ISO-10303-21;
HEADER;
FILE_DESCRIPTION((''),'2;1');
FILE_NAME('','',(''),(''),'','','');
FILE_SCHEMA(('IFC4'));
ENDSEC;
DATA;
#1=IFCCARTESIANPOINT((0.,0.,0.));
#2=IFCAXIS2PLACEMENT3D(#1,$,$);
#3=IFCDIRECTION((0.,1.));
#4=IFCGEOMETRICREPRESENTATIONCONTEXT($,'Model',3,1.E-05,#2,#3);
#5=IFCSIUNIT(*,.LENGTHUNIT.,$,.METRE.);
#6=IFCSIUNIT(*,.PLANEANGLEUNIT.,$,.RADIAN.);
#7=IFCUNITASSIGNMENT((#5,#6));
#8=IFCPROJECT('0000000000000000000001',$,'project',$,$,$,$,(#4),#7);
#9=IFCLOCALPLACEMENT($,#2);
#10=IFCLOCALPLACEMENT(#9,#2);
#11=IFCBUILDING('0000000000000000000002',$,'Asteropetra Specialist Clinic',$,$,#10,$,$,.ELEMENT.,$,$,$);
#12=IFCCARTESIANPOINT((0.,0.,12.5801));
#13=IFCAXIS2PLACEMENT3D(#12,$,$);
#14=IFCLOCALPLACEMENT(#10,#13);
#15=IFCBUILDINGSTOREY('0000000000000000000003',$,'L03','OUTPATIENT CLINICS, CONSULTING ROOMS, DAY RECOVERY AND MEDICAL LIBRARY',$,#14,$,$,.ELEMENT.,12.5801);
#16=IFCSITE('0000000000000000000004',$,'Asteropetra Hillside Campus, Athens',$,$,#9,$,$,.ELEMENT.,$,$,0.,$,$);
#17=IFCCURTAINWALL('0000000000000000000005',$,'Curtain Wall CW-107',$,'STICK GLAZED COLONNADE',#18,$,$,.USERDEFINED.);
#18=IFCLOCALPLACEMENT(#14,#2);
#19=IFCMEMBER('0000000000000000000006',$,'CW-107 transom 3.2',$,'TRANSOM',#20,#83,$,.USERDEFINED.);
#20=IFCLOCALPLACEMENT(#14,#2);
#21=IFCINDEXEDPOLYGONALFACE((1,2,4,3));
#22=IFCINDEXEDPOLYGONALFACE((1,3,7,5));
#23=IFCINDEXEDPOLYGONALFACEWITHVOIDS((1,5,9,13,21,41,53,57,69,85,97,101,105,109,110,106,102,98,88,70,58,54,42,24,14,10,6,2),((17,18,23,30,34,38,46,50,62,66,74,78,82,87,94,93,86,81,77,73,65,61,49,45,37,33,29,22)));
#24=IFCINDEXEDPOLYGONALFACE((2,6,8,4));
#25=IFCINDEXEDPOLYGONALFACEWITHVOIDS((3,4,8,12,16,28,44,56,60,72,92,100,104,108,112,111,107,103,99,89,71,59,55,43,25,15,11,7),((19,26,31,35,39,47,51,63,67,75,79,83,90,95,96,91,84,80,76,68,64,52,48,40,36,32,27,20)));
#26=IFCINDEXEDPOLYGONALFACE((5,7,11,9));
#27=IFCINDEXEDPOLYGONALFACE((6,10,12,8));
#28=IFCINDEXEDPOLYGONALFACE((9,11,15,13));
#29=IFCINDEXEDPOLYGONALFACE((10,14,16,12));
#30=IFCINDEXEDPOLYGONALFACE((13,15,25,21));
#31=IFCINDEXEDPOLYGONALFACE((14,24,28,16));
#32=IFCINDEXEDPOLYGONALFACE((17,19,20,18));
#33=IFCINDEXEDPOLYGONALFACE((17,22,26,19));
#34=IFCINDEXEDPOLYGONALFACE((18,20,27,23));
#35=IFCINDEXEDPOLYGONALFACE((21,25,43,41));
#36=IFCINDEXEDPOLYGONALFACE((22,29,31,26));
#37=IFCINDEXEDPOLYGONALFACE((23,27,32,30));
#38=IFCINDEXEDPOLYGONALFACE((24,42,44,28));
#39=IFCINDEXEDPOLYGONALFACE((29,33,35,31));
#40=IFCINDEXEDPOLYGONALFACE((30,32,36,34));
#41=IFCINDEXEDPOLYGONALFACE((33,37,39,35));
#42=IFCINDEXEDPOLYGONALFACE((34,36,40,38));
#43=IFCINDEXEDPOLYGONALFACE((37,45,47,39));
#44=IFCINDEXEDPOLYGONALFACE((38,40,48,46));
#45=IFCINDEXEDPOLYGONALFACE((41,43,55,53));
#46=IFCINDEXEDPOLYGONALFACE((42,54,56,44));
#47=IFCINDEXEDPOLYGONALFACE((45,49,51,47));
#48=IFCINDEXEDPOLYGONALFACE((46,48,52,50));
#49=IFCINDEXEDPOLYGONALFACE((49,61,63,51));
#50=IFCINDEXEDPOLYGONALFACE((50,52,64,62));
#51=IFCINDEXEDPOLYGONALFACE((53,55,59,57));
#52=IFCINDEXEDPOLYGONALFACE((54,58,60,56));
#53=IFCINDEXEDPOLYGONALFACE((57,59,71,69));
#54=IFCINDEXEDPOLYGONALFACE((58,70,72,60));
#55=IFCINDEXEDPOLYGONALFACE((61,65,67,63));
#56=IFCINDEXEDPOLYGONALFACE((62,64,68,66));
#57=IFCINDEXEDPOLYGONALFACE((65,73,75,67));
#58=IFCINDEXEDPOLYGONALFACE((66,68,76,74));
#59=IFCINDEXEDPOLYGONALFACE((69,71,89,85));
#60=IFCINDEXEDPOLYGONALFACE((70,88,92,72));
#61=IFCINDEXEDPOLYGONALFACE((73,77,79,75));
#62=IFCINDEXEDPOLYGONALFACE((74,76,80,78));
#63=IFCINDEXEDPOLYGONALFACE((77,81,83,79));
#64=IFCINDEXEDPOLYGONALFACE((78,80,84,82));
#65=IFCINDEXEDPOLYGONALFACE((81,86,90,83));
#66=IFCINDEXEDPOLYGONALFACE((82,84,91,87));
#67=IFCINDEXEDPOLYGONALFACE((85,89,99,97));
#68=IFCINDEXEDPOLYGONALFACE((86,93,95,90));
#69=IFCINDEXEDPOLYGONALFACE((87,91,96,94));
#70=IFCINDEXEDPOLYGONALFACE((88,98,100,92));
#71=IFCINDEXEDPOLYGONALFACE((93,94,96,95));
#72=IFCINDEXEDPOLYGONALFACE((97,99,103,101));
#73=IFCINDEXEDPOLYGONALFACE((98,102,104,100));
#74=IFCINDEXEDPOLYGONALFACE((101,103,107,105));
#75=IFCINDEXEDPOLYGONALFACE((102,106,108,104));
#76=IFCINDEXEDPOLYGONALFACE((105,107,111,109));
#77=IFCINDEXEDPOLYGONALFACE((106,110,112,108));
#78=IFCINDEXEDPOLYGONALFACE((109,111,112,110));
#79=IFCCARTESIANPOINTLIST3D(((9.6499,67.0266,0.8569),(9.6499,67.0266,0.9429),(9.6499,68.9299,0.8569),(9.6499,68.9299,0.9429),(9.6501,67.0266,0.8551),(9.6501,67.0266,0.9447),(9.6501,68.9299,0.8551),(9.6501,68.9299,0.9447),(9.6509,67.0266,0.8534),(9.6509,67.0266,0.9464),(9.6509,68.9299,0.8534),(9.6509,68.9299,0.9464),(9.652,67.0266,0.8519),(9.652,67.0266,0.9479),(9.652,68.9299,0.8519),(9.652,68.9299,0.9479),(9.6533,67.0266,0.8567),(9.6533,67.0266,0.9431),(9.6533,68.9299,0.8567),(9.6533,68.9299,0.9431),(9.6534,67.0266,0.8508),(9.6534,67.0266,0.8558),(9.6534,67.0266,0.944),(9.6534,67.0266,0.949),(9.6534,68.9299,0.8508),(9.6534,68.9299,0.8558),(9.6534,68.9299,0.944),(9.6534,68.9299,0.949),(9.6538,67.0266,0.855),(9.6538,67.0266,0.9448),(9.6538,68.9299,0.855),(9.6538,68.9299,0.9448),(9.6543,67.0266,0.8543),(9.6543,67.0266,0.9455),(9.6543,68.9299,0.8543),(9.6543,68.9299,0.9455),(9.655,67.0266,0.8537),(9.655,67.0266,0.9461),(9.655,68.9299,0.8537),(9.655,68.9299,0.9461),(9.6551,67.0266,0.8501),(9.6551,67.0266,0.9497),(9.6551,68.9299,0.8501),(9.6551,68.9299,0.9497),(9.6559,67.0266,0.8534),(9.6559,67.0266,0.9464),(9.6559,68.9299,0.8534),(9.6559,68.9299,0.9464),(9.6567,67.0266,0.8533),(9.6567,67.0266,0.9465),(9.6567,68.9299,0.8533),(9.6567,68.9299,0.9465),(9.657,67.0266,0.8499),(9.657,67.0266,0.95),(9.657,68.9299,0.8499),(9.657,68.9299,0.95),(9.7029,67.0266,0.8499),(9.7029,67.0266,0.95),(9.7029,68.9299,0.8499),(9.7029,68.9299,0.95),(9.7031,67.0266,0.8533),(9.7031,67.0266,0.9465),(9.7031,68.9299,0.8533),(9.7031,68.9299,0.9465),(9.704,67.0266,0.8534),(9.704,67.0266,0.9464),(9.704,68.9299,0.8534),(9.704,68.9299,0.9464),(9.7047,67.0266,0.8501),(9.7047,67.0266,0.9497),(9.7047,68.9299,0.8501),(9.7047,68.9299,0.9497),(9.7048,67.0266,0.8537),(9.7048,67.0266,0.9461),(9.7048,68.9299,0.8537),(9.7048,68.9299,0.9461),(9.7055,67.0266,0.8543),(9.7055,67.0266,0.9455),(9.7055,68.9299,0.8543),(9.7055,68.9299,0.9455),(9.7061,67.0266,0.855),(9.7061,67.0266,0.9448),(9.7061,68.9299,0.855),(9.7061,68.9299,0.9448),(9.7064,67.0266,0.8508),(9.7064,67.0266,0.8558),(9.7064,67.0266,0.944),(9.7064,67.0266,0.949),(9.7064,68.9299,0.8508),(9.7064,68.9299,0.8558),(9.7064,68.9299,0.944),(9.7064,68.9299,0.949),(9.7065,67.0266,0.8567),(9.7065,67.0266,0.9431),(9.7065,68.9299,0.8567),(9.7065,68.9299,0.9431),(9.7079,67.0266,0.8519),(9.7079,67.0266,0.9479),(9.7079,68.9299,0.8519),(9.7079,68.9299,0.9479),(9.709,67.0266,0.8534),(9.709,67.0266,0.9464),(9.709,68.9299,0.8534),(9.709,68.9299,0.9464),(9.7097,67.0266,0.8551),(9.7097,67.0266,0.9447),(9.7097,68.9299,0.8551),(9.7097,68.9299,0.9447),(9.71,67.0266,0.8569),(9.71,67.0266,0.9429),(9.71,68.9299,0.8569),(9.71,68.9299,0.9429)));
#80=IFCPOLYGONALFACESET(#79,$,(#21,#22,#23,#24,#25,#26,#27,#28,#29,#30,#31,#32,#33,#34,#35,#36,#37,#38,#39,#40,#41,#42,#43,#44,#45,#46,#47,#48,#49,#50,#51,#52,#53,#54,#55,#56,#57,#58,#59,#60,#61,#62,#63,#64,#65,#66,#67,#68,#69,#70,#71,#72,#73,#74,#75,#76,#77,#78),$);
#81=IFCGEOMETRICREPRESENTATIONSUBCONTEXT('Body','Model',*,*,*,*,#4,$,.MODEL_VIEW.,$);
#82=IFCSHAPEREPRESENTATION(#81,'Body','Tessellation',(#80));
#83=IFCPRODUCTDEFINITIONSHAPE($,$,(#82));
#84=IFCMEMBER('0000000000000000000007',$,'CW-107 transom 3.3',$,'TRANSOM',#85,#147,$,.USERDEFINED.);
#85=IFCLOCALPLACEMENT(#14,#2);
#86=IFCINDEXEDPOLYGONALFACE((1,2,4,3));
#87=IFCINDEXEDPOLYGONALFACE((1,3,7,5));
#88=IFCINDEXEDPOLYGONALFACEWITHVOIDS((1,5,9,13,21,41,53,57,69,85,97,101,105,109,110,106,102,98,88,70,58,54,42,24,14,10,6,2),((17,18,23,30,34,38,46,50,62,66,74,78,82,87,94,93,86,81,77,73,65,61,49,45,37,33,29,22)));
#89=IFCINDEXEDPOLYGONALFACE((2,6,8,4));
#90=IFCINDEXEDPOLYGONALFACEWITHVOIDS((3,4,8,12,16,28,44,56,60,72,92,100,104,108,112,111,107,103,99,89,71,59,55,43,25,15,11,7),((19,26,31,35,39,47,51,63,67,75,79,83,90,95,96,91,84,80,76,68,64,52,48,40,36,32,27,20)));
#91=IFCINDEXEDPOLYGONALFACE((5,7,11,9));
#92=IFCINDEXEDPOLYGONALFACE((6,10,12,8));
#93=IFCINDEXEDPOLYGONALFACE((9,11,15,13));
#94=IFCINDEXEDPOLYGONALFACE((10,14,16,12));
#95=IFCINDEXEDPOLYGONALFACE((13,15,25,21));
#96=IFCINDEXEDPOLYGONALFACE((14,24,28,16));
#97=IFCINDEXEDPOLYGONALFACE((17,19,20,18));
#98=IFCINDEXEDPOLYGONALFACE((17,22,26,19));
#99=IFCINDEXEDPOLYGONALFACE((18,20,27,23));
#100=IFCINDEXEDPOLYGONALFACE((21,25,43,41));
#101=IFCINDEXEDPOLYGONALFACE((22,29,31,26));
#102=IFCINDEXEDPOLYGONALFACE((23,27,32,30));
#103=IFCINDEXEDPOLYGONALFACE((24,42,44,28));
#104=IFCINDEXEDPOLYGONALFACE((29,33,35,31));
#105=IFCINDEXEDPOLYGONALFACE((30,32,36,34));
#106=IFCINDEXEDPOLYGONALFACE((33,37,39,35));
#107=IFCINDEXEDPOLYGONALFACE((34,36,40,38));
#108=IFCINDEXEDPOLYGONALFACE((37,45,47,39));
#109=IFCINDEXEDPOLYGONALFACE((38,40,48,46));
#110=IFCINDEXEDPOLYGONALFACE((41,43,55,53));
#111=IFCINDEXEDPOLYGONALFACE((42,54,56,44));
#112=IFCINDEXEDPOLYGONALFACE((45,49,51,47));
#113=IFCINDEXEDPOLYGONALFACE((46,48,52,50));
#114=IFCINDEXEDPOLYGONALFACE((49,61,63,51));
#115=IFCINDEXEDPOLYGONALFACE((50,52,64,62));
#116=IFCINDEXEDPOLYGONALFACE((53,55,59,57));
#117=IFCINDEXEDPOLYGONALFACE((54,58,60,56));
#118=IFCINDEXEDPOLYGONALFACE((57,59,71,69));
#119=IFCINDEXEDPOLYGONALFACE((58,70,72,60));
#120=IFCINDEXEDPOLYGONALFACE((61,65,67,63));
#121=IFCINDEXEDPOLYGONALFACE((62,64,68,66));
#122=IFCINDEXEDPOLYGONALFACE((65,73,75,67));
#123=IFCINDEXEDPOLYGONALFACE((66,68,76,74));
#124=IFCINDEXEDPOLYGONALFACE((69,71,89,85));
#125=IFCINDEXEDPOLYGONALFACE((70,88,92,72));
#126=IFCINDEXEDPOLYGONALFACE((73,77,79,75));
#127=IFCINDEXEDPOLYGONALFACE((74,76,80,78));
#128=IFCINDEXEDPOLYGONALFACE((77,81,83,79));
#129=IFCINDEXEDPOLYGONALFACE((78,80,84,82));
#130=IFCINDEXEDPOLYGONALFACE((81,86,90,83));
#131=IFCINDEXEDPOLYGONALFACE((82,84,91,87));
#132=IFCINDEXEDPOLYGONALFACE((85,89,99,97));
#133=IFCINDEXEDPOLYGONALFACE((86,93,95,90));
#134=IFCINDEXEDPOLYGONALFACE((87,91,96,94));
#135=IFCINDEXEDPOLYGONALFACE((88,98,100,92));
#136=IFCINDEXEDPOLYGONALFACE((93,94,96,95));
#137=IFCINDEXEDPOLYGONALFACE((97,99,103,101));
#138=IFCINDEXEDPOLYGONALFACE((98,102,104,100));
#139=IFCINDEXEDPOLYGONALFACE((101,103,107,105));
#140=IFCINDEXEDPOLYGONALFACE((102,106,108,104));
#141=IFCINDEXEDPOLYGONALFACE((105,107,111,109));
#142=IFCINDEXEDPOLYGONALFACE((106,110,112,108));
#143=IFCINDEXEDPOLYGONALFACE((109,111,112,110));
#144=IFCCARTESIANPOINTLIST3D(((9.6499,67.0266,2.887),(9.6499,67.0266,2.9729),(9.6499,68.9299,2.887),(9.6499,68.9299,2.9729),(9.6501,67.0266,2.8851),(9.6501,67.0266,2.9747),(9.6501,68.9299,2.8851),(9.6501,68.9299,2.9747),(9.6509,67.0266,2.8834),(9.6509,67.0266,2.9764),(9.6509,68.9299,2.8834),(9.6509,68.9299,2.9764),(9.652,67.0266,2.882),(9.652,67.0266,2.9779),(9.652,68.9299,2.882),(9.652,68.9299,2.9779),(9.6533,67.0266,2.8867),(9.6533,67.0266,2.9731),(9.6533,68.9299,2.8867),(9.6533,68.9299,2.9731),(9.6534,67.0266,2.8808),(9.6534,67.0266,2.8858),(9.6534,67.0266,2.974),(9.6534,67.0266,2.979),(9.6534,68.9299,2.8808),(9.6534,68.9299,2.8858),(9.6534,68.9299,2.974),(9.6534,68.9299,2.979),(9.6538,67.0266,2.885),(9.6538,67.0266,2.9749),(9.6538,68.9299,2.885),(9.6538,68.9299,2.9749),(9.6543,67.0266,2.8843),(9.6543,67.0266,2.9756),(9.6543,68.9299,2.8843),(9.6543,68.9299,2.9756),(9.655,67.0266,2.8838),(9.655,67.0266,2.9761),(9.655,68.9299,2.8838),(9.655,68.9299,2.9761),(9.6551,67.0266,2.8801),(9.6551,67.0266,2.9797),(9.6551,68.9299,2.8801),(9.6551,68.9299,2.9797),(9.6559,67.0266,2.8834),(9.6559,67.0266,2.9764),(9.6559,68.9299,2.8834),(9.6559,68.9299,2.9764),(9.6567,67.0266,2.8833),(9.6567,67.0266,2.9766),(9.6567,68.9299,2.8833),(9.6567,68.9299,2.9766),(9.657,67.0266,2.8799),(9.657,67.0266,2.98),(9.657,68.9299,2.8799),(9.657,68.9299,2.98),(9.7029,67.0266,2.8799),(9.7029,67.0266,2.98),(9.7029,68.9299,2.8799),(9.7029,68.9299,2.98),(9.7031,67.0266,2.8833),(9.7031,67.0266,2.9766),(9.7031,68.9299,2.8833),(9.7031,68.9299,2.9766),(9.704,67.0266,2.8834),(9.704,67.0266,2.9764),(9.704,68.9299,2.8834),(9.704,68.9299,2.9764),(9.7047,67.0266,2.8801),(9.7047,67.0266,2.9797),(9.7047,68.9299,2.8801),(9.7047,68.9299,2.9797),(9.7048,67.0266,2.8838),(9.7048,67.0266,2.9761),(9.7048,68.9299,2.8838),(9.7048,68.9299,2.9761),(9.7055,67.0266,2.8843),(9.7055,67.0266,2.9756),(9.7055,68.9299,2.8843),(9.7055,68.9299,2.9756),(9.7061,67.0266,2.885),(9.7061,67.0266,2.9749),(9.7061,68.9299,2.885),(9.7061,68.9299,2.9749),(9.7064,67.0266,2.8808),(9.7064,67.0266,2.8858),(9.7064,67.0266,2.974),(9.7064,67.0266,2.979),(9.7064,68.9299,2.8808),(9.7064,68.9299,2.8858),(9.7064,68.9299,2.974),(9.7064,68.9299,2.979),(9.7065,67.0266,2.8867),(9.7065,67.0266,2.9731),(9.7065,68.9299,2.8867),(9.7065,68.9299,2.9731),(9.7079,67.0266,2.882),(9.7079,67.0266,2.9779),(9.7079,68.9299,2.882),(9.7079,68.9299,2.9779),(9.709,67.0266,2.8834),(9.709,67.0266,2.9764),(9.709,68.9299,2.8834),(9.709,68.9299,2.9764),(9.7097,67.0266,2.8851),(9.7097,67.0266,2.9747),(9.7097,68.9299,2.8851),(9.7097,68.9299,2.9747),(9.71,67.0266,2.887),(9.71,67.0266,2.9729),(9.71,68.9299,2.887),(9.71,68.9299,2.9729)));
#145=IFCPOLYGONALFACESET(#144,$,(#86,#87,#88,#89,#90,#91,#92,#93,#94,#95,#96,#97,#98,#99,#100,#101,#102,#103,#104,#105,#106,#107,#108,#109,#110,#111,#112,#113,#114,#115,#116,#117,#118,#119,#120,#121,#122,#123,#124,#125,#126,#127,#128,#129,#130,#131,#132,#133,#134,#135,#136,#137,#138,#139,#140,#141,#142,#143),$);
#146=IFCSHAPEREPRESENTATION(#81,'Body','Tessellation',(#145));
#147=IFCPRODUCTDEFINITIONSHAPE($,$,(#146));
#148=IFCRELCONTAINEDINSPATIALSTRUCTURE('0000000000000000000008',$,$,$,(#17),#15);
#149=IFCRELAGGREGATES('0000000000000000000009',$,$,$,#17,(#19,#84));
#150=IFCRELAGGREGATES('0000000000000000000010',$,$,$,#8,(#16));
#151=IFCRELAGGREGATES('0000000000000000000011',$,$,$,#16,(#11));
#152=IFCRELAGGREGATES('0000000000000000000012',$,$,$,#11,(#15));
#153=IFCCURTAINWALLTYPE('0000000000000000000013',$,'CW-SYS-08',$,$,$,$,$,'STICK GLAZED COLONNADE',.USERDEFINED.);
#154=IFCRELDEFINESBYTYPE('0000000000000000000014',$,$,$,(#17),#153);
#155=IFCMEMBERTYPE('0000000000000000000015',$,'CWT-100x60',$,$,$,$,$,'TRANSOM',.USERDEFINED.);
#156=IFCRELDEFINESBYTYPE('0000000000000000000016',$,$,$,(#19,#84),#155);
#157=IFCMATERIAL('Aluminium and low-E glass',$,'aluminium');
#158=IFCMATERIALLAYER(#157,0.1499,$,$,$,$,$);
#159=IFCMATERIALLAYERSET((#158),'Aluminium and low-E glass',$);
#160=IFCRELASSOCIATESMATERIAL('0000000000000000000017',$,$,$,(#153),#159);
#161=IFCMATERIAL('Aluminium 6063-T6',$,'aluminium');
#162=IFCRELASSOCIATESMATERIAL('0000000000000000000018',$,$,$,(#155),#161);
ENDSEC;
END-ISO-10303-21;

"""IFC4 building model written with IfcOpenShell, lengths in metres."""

from ifc_helpers import new_model, si_unit, direction, frame, origin, origin_2d, place, context, subcontext, project, spatial, hollow_rectangle, extrude, material, layer, layer_set, material_profile, profile_set, type_object, element, aggregate, save


model = new_model("IFC4")

# Units and contexts
model_context = context("Model", 3, precision=1e-05, world=origin(), true_north=direction((0.0, 1.0)))
body_context = subcontext(model_context, "Body", "Model", "MODEL_VIEW")
ifc_project = project(units=[si_unit("LENGTHUNIT", "METRE"), si_unit("PLANEANGLEUNIT", "RADIAN")], contexts=[model_context])

# Site, building, storey
site_placement = place(None, origin())
site = spatial("IfcSite", under=ifc_project, at=site_placement, Name="Asteropetra Hillside Campus, Athens", CompositionType="ELEMENT", RefElevation=0.0)
building_placement = place(site_placement, origin())
building = spatial("IfcBuilding", under=site, at=building_placement, Name="Asteropetra Specialist Clinic", CompositionType="ELEMENT")
storey_placement = place(building_placement, frame((0.0, 0.0, 12.5801)))
storey = spatial("IfcBuildingStorey", under=building, at=storey_placement, Name="L03", Description="OUTPATIENT CLINICS, CONSULTING ROOMS, DAY RECOVERY AND MEDICAL LIBRARY", CompositionType="ELEMENT", Elevation=12.5801)

# Curtain wall, members
ifc_material_1 = material(Name="Aluminium and low-E glass", Category="aluminium")
ifc_layer_1 = layer(ifc_material_1, 0.1499)
ifc_layer_set_1 = layer_set([ifc_layer_1], Name="Aluminium and low-E glass")
curtain_wall_type = type_object("IfcCurtainWallType", Name="CW-SYS-08", ElementType="STICK GLAZED COLONNADE", PredefinedType="USERDEFINED", material=ifc_layer_set_1)
curtain_wall_placement = place(storey_placement, origin())
curtain_wall = element("IfcCurtainWall", 1, at=curtain_wall_placement, inside=storey, type_object=curtain_wall_type, Name="Curtain Wall CW-107", ObjectType="STICK GLAZED COLONNADE", PredefinedType="USERDEFINED")
ifc_material_2 = material(Name="Aluminium 6063-T6", Category="aluminium")
ifc_material_profile_1 = material_profile(ifc_material_2, hollow_rectangle(XDim=0.0601, YDim=0.1001, WallThickness=0.0034, InnerFilletRadius=0.0034, OuterFilletRadius=0.0071, at=origin_2d()), Name="TRN 100x60x3.5")
ifc_profile_set_1 = profile_set([ifc_material_profile_1], Name="Aluminium 6063-T6")
member_type_1 = type_object("IfcMemberType", Name="CWT-100x60", ElementType="TRANSOM", PredefinedType="USERDEFINED", material=ifc_profile_set_1)
member_1_placement = place(storey_placement, frame((9.6799, 67.0266, 0.8999), z_axis=(0.0, 1.0, 0.0), x_axis=(-1.0, 0.0, 0.0)))
member_1 = element("IfcMember", 2, at=member_1_placement, type_object=member_type_1, Name="CW-107 transom 3.2", ObjectType="TRANSOM", PredefinedType="USERDEFINED", context=body_context, shape_type="SweptSolid", body=[
    extrude(hollow_rectangle(XDim=0.0601, YDim=0.1001, WallThickness=0.0034, InnerFilletRadius=0.0034, OuterFilletRadius=0.0071, at=origin_2d()), origin(), (0.0, 0.0, 1.0), 1.9033),
])
member_2_placement = place(storey_placement, frame((9.6799, 67.0266, 2.9299), z_axis=(0.0, 1.0, 0.0), x_axis=(-1.0, 0.0, 0.0)))
member_2 = element("IfcMember", 3, at=member_2_placement, type_object=member_type_1, Name="CW-107 transom 3.3", ObjectType="TRANSOM", PredefinedType="USERDEFINED", context=body_context, shape_type="SweptSolid", body=[
    extrude(hollow_rectangle(XDim=0.0601, YDim=0.1001, WallThickness=0.0034, InnerFilletRadius=0.0034, OuterFilletRadius=0.0071, at=origin_2d()), origin(), (0.0, 0.0, 1.0), 1.9033),
])

aggregate(curtain_wall, [member_1, member_2])

save(model, "model.ifc")
